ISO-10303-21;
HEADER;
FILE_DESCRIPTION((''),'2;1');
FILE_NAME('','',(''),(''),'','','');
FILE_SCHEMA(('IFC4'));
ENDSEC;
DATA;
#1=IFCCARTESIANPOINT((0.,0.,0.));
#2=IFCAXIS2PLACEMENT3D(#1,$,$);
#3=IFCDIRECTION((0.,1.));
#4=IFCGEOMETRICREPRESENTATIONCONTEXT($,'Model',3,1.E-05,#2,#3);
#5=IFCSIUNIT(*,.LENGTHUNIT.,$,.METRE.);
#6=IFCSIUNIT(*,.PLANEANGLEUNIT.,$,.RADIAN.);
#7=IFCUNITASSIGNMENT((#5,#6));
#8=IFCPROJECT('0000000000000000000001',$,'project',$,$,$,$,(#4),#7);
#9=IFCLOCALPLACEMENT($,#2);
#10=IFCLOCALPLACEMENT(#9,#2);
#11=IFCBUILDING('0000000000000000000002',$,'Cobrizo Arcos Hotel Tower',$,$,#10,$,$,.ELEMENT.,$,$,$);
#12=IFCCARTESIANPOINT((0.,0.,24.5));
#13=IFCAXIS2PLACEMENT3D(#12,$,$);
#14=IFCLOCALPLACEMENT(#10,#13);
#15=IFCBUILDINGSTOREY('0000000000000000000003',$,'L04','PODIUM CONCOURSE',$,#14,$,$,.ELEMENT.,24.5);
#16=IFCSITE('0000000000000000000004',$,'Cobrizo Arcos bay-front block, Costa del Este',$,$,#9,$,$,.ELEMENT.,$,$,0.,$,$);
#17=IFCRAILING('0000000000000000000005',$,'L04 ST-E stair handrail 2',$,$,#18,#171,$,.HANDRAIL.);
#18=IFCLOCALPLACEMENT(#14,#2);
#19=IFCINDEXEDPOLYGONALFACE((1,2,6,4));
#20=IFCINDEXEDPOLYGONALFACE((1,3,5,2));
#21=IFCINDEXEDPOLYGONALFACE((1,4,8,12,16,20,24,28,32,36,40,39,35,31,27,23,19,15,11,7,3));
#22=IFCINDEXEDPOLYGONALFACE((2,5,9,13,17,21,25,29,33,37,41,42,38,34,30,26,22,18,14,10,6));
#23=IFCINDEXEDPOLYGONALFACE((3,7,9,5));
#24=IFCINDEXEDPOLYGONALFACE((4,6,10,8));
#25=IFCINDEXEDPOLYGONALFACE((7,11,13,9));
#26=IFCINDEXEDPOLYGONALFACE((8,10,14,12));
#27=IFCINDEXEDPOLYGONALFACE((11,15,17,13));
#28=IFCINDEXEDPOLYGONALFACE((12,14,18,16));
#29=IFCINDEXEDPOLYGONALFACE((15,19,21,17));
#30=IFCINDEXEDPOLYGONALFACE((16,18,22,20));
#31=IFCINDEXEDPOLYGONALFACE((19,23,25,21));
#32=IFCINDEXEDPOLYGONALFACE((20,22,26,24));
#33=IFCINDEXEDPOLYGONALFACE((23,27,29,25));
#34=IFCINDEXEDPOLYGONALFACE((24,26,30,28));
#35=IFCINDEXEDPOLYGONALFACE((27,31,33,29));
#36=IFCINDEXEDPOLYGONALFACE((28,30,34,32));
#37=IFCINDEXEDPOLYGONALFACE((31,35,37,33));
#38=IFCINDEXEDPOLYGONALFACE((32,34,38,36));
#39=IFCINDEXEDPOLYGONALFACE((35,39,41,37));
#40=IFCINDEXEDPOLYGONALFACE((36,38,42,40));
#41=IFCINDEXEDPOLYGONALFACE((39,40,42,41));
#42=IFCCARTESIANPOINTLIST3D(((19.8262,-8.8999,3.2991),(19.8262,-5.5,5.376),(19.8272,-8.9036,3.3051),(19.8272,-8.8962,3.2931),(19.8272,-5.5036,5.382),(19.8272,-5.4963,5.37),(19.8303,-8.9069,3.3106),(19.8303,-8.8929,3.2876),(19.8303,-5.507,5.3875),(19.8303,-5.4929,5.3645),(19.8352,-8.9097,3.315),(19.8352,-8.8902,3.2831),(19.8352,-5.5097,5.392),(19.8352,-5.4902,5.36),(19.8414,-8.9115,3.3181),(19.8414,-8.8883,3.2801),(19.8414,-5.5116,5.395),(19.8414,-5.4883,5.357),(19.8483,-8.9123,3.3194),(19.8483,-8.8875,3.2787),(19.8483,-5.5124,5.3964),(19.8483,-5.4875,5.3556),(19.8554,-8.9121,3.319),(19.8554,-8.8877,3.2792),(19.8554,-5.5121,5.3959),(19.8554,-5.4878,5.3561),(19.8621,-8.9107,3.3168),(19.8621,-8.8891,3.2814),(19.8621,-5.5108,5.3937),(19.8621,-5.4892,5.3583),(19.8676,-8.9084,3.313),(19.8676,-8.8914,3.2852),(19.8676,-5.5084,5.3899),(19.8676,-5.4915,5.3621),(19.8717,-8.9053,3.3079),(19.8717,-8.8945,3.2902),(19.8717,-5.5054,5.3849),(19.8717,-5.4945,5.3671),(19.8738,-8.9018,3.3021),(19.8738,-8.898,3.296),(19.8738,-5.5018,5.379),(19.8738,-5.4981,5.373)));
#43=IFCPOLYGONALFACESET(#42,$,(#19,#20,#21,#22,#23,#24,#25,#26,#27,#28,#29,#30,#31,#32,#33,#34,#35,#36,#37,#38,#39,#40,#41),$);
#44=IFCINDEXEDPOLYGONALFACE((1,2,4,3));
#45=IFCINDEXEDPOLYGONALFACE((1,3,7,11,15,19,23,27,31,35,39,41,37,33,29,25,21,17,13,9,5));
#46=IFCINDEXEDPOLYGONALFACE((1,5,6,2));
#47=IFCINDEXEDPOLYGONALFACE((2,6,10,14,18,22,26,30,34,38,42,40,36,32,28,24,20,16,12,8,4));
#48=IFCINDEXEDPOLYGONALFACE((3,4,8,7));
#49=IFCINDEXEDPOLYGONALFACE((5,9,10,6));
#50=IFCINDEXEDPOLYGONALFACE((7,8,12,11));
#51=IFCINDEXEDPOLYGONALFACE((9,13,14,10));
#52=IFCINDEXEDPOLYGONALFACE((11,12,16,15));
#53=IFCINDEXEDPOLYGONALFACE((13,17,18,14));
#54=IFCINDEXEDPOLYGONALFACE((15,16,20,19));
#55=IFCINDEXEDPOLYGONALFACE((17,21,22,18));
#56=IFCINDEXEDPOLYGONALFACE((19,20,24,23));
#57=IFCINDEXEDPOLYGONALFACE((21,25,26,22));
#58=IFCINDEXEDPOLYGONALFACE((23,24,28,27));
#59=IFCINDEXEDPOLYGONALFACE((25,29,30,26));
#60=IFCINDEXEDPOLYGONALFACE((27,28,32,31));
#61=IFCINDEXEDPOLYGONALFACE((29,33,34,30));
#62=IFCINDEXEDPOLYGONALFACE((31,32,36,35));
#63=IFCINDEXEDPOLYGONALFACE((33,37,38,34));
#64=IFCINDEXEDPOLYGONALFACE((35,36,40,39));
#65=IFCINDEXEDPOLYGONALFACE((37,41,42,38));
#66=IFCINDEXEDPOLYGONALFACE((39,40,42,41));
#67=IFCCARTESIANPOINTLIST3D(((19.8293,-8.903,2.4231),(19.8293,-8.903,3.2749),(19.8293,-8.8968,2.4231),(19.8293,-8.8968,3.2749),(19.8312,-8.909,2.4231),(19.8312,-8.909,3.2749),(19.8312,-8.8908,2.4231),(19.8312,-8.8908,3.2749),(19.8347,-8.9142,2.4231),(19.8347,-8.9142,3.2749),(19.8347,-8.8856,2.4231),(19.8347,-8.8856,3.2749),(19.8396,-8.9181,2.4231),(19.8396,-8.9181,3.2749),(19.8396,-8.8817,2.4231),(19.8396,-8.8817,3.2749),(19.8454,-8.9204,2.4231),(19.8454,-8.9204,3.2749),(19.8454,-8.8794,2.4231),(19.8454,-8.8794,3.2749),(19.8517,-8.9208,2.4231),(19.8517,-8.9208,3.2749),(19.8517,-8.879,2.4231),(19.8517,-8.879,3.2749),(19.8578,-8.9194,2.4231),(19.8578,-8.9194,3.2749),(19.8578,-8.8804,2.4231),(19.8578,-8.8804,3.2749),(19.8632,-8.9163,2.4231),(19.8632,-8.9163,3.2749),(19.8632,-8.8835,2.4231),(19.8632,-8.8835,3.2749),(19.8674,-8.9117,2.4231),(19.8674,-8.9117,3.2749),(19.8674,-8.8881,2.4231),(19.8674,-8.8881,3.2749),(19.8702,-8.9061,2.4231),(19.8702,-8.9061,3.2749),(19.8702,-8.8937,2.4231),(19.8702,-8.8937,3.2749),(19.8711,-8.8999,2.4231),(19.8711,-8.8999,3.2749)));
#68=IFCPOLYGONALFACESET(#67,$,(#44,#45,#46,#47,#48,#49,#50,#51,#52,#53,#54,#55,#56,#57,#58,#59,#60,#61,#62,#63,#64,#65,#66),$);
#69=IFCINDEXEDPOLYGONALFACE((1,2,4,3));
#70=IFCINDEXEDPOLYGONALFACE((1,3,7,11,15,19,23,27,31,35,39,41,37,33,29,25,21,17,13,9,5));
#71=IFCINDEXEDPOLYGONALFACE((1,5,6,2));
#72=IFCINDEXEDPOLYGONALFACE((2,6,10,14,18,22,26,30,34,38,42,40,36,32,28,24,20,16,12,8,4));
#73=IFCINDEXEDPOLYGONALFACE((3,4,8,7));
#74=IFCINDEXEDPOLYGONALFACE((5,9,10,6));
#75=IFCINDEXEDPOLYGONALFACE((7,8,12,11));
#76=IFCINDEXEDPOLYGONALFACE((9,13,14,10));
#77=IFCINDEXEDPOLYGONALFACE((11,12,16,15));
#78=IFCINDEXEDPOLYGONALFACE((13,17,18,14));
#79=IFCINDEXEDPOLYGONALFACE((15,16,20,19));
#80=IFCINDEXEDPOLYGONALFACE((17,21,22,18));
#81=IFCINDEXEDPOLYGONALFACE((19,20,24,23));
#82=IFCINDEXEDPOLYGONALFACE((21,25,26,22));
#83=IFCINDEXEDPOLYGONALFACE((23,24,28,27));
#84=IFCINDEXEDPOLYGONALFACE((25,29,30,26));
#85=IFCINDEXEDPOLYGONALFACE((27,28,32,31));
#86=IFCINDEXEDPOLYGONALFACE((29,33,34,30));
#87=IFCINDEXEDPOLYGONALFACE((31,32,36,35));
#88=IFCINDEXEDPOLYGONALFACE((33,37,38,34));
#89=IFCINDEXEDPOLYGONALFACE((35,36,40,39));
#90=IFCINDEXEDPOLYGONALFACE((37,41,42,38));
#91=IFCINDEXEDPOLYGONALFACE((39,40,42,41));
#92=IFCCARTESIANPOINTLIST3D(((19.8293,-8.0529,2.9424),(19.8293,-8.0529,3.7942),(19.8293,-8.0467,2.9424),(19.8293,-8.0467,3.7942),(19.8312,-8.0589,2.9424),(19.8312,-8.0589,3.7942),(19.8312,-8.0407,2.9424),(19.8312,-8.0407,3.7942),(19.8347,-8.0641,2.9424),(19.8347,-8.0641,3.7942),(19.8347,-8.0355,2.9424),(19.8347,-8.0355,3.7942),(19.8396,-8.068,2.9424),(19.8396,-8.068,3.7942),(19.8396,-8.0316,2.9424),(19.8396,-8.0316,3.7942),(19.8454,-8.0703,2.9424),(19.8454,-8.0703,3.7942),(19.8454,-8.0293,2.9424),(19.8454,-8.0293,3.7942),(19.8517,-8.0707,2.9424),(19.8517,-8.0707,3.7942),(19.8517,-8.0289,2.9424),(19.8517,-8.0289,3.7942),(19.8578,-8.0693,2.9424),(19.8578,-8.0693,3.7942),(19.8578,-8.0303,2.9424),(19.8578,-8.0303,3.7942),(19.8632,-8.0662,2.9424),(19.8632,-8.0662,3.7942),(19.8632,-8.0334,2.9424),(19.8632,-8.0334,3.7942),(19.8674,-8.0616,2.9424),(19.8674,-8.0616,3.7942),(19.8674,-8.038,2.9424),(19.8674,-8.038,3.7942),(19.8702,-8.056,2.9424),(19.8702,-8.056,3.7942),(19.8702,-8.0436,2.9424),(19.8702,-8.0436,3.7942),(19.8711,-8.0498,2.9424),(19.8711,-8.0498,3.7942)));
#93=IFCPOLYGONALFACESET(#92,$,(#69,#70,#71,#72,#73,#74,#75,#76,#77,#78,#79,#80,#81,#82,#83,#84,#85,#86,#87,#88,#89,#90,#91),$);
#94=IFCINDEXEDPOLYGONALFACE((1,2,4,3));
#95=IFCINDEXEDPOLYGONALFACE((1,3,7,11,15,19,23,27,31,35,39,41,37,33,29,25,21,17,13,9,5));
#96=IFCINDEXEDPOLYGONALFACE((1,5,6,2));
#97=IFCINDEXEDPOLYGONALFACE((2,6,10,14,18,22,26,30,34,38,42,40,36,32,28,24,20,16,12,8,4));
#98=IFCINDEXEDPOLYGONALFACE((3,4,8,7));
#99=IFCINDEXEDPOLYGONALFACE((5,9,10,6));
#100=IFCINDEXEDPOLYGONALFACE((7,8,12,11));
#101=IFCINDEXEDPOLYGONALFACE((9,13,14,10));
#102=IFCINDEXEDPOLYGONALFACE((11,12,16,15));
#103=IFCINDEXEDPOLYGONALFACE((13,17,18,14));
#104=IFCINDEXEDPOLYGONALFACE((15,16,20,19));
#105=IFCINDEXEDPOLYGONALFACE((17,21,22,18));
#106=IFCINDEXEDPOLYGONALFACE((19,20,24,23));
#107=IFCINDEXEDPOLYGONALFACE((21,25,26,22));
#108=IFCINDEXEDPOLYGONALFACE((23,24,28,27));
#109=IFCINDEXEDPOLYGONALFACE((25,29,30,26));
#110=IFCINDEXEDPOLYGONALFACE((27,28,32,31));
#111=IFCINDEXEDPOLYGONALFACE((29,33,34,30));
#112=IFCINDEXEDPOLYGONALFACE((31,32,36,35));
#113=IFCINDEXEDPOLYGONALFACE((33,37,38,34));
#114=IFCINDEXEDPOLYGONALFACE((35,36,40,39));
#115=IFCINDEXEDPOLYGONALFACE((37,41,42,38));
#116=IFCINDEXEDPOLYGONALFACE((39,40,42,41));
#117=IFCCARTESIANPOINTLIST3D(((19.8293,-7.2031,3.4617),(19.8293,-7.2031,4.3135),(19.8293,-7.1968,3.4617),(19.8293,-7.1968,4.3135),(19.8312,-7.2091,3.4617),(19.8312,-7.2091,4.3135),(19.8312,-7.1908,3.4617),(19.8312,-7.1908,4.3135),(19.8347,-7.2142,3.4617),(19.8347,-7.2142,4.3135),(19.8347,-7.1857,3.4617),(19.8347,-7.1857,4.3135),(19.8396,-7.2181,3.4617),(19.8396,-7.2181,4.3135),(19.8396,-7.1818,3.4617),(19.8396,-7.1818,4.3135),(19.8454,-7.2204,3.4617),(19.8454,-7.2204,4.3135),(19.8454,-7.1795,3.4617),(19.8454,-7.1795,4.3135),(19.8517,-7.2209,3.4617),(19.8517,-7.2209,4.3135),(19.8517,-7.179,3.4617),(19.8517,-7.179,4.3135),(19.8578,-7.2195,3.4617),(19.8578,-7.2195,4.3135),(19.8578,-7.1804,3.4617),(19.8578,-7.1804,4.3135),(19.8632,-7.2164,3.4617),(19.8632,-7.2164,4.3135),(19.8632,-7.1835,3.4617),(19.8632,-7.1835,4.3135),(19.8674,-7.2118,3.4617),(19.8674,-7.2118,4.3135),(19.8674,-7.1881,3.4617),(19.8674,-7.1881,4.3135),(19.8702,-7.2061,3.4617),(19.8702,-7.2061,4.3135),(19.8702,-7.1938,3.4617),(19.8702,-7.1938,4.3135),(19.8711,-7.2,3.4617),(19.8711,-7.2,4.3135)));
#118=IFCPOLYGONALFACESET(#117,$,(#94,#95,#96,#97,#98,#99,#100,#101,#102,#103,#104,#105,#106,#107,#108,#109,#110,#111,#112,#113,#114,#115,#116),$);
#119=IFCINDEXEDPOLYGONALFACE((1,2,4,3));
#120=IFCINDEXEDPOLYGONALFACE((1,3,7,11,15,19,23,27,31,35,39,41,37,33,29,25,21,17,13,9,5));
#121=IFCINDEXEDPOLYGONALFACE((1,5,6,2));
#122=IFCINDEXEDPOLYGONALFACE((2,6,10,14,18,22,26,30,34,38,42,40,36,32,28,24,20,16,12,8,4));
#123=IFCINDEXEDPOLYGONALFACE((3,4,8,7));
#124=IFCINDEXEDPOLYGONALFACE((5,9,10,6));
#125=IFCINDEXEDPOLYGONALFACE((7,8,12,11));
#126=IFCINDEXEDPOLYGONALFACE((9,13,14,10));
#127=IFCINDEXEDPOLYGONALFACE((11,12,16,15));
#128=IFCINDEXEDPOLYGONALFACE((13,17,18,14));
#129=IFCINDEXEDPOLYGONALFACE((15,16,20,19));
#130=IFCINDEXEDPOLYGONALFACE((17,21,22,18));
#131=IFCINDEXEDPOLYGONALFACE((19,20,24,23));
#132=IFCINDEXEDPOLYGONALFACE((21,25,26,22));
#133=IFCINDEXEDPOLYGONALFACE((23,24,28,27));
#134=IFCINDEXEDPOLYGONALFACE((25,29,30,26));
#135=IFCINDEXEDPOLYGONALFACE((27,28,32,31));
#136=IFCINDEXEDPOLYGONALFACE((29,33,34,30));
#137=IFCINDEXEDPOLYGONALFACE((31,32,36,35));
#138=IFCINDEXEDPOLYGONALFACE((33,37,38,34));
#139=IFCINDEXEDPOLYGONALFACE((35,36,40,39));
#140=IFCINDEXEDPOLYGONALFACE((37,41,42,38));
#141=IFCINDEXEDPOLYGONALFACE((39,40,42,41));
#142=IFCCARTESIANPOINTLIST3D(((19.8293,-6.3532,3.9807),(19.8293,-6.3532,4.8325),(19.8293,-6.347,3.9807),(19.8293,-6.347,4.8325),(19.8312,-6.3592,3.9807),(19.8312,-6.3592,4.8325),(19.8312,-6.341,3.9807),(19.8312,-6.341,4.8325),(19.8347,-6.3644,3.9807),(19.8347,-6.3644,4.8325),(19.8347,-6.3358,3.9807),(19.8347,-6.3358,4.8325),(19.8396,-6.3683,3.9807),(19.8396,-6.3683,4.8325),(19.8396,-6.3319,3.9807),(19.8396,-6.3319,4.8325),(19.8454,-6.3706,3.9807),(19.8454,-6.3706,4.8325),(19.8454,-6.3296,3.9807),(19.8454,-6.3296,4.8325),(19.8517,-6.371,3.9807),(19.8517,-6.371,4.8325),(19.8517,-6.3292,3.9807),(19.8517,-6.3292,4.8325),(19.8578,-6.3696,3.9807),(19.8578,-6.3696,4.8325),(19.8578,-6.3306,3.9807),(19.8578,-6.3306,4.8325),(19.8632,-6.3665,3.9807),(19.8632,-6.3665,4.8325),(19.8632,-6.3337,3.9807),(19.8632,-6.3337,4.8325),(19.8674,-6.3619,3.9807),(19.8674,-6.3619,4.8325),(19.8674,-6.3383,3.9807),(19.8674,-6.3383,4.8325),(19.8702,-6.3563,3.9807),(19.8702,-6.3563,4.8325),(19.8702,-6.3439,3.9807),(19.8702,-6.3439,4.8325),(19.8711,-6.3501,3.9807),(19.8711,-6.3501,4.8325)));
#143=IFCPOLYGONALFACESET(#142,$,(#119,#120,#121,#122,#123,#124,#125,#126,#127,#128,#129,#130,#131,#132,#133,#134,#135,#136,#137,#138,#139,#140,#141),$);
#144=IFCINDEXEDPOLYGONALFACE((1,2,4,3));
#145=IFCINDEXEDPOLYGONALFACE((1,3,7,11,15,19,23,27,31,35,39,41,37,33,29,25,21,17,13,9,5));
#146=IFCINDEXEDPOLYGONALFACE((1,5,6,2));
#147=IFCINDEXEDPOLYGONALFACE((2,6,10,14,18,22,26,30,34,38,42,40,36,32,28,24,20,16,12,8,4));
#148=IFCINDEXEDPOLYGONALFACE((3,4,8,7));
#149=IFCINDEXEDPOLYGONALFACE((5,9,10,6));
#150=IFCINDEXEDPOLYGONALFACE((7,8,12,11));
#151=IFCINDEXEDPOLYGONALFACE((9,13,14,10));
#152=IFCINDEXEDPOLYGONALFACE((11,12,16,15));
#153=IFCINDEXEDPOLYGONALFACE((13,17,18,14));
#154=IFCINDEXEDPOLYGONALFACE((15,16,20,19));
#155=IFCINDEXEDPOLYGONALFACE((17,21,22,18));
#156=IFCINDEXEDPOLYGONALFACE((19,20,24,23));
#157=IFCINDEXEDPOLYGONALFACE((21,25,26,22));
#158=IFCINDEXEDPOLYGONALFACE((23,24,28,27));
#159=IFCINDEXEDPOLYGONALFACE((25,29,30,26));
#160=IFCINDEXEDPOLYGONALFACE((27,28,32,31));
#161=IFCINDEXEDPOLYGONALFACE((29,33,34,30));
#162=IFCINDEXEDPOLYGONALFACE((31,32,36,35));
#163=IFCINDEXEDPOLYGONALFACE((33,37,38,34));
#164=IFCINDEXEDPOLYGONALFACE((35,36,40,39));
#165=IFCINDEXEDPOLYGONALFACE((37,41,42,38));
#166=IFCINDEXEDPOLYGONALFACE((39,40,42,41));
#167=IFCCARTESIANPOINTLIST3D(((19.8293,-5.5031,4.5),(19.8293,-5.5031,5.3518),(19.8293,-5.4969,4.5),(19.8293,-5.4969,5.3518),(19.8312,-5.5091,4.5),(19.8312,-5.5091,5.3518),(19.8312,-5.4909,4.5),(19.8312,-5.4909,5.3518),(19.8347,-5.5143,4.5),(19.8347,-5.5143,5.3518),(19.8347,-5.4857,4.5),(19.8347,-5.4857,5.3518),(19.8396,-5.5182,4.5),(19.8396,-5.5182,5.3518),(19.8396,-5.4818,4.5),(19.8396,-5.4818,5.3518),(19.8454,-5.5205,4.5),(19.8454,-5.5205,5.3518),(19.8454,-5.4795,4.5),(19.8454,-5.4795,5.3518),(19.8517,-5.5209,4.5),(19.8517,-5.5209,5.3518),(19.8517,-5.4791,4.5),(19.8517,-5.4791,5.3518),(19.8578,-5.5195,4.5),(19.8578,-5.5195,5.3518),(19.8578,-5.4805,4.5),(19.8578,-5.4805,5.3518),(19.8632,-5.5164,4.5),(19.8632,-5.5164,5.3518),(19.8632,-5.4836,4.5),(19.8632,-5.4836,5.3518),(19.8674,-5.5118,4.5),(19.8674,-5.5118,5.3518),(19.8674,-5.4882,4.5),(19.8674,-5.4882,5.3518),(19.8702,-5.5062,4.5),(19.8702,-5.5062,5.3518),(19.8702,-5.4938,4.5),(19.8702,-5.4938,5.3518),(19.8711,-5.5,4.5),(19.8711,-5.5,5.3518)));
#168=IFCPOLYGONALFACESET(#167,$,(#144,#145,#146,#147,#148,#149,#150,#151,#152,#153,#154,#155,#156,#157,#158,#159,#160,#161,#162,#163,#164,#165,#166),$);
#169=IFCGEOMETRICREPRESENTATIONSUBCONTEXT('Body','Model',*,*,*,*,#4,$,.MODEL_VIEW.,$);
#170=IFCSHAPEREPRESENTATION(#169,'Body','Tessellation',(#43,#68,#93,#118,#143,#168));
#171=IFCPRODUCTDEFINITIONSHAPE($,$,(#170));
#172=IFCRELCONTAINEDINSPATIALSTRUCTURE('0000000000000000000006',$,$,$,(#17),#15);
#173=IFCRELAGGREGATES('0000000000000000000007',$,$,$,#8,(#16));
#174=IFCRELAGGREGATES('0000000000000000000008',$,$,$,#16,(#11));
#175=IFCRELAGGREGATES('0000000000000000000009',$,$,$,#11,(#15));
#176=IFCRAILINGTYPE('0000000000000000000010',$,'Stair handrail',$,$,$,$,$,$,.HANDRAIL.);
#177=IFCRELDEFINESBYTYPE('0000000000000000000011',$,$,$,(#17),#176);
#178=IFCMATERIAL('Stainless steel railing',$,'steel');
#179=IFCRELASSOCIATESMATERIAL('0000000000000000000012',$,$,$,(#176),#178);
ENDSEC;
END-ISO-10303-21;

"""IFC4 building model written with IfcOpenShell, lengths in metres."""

from ifc_helpers import new_model, si_unit, direction, frame, origin, origin_2d, place, context, subcontext, project, spatial, circle, extrude, material, type_object, element, save


model = new_model("IFC4")

# Units and contexts
model_context = context("Model", 3, precision=1e-05, world=origin(), true_north=direction((0.0, 1.0)))
body_context = subcontext(model_context, "Body", "Model", "MODEL_VIEW")
ifc_project = project(units=[si_unit("LENGTHUNIT", "METRE"), si_unit("PLANEANGLEUNIT", "RADIAN")], contexts=[model_context])

# Site, building, storey
site_placement = place(None, origin())
site = spatial("IfcSite", under=ifc_project, at=site_placement, Name="Cobrizo Arcos bay-front block, Costa del Este", CompositionType="ELEMENT", RefElevation=0.0)
building_placement = place(site_placement, origin())
building = spatial("IfcBuilding", under=site, at=building_placement, Name="Cobrizo Arcos Hotel Tower", CompositionType="ELEMENT")
storey_placement = place(building_placement, frame((0.0, 0.0, 24.5)))
storey = spatial("IfcBuildingStorey", under=building, at=storey_placement, Name="L04", Description="PODIUM CONCOURSE", CompositionType="ELEMENT", Elevation=24.5)

# Railing
ifc_material_1 = material(Name="Stainless steel railing", Category="steel")
railing_type_1 = type_object("IfcRailingType", Name="Stair handrail", PredefinedType="HANDRAIL", material=ifc_material_1)
railing_1_placement = place(storey_placement, frame((19.8501, -8.8999, 2.4231)))
element("IfcRailing", 1, at=railing_1_placement, inside=storey, type_object=railing_type_1, Name="L04 ST-E stair handrail 2", PredefinedType="HANDRAIL", context=body_context, shape_type="SweptSolid", body=[
    extrude(circle(Radius=0.0239, at=origin_2d()), frame((0.0, 0.0, 0.876), z_axis=(0.0, 0.853373, 0.521301), x_axis=(-1.0, 0.0, 0.0)), (0.0, 0.0, 1.0), 3.9841),
    extrude(circle(Radius=0.021, at=origin_2d()), origin(), (0.0, 0.0, 1.0), 0.8518),
    extrude(circle(Radius=0.021, at=origin_2d()), frame((0.0, 0.8501, 0.5193)), (0.0, 0.0, 1.0), 0.8518),
    extrude(circle(Radius=0.021, at=origin_2d()), frame((0.0, 1.7, 1.0386)), (0.0, 0.0, 1.0), 0.8518),
    extrude(circle(Radius=0.021, at=origin_2d()), frame((0.0, 2.5498, 1.5576)), (0.0, 0.0, 1.0), 0.8518),
    extrude(circle(Radius=0.021, at=origin_2d()), frame((0.0, 3.3999, 2.0769)), (0.0, 0.0, 1.0), 0.8518),
])

save(model, "model.ifc")
